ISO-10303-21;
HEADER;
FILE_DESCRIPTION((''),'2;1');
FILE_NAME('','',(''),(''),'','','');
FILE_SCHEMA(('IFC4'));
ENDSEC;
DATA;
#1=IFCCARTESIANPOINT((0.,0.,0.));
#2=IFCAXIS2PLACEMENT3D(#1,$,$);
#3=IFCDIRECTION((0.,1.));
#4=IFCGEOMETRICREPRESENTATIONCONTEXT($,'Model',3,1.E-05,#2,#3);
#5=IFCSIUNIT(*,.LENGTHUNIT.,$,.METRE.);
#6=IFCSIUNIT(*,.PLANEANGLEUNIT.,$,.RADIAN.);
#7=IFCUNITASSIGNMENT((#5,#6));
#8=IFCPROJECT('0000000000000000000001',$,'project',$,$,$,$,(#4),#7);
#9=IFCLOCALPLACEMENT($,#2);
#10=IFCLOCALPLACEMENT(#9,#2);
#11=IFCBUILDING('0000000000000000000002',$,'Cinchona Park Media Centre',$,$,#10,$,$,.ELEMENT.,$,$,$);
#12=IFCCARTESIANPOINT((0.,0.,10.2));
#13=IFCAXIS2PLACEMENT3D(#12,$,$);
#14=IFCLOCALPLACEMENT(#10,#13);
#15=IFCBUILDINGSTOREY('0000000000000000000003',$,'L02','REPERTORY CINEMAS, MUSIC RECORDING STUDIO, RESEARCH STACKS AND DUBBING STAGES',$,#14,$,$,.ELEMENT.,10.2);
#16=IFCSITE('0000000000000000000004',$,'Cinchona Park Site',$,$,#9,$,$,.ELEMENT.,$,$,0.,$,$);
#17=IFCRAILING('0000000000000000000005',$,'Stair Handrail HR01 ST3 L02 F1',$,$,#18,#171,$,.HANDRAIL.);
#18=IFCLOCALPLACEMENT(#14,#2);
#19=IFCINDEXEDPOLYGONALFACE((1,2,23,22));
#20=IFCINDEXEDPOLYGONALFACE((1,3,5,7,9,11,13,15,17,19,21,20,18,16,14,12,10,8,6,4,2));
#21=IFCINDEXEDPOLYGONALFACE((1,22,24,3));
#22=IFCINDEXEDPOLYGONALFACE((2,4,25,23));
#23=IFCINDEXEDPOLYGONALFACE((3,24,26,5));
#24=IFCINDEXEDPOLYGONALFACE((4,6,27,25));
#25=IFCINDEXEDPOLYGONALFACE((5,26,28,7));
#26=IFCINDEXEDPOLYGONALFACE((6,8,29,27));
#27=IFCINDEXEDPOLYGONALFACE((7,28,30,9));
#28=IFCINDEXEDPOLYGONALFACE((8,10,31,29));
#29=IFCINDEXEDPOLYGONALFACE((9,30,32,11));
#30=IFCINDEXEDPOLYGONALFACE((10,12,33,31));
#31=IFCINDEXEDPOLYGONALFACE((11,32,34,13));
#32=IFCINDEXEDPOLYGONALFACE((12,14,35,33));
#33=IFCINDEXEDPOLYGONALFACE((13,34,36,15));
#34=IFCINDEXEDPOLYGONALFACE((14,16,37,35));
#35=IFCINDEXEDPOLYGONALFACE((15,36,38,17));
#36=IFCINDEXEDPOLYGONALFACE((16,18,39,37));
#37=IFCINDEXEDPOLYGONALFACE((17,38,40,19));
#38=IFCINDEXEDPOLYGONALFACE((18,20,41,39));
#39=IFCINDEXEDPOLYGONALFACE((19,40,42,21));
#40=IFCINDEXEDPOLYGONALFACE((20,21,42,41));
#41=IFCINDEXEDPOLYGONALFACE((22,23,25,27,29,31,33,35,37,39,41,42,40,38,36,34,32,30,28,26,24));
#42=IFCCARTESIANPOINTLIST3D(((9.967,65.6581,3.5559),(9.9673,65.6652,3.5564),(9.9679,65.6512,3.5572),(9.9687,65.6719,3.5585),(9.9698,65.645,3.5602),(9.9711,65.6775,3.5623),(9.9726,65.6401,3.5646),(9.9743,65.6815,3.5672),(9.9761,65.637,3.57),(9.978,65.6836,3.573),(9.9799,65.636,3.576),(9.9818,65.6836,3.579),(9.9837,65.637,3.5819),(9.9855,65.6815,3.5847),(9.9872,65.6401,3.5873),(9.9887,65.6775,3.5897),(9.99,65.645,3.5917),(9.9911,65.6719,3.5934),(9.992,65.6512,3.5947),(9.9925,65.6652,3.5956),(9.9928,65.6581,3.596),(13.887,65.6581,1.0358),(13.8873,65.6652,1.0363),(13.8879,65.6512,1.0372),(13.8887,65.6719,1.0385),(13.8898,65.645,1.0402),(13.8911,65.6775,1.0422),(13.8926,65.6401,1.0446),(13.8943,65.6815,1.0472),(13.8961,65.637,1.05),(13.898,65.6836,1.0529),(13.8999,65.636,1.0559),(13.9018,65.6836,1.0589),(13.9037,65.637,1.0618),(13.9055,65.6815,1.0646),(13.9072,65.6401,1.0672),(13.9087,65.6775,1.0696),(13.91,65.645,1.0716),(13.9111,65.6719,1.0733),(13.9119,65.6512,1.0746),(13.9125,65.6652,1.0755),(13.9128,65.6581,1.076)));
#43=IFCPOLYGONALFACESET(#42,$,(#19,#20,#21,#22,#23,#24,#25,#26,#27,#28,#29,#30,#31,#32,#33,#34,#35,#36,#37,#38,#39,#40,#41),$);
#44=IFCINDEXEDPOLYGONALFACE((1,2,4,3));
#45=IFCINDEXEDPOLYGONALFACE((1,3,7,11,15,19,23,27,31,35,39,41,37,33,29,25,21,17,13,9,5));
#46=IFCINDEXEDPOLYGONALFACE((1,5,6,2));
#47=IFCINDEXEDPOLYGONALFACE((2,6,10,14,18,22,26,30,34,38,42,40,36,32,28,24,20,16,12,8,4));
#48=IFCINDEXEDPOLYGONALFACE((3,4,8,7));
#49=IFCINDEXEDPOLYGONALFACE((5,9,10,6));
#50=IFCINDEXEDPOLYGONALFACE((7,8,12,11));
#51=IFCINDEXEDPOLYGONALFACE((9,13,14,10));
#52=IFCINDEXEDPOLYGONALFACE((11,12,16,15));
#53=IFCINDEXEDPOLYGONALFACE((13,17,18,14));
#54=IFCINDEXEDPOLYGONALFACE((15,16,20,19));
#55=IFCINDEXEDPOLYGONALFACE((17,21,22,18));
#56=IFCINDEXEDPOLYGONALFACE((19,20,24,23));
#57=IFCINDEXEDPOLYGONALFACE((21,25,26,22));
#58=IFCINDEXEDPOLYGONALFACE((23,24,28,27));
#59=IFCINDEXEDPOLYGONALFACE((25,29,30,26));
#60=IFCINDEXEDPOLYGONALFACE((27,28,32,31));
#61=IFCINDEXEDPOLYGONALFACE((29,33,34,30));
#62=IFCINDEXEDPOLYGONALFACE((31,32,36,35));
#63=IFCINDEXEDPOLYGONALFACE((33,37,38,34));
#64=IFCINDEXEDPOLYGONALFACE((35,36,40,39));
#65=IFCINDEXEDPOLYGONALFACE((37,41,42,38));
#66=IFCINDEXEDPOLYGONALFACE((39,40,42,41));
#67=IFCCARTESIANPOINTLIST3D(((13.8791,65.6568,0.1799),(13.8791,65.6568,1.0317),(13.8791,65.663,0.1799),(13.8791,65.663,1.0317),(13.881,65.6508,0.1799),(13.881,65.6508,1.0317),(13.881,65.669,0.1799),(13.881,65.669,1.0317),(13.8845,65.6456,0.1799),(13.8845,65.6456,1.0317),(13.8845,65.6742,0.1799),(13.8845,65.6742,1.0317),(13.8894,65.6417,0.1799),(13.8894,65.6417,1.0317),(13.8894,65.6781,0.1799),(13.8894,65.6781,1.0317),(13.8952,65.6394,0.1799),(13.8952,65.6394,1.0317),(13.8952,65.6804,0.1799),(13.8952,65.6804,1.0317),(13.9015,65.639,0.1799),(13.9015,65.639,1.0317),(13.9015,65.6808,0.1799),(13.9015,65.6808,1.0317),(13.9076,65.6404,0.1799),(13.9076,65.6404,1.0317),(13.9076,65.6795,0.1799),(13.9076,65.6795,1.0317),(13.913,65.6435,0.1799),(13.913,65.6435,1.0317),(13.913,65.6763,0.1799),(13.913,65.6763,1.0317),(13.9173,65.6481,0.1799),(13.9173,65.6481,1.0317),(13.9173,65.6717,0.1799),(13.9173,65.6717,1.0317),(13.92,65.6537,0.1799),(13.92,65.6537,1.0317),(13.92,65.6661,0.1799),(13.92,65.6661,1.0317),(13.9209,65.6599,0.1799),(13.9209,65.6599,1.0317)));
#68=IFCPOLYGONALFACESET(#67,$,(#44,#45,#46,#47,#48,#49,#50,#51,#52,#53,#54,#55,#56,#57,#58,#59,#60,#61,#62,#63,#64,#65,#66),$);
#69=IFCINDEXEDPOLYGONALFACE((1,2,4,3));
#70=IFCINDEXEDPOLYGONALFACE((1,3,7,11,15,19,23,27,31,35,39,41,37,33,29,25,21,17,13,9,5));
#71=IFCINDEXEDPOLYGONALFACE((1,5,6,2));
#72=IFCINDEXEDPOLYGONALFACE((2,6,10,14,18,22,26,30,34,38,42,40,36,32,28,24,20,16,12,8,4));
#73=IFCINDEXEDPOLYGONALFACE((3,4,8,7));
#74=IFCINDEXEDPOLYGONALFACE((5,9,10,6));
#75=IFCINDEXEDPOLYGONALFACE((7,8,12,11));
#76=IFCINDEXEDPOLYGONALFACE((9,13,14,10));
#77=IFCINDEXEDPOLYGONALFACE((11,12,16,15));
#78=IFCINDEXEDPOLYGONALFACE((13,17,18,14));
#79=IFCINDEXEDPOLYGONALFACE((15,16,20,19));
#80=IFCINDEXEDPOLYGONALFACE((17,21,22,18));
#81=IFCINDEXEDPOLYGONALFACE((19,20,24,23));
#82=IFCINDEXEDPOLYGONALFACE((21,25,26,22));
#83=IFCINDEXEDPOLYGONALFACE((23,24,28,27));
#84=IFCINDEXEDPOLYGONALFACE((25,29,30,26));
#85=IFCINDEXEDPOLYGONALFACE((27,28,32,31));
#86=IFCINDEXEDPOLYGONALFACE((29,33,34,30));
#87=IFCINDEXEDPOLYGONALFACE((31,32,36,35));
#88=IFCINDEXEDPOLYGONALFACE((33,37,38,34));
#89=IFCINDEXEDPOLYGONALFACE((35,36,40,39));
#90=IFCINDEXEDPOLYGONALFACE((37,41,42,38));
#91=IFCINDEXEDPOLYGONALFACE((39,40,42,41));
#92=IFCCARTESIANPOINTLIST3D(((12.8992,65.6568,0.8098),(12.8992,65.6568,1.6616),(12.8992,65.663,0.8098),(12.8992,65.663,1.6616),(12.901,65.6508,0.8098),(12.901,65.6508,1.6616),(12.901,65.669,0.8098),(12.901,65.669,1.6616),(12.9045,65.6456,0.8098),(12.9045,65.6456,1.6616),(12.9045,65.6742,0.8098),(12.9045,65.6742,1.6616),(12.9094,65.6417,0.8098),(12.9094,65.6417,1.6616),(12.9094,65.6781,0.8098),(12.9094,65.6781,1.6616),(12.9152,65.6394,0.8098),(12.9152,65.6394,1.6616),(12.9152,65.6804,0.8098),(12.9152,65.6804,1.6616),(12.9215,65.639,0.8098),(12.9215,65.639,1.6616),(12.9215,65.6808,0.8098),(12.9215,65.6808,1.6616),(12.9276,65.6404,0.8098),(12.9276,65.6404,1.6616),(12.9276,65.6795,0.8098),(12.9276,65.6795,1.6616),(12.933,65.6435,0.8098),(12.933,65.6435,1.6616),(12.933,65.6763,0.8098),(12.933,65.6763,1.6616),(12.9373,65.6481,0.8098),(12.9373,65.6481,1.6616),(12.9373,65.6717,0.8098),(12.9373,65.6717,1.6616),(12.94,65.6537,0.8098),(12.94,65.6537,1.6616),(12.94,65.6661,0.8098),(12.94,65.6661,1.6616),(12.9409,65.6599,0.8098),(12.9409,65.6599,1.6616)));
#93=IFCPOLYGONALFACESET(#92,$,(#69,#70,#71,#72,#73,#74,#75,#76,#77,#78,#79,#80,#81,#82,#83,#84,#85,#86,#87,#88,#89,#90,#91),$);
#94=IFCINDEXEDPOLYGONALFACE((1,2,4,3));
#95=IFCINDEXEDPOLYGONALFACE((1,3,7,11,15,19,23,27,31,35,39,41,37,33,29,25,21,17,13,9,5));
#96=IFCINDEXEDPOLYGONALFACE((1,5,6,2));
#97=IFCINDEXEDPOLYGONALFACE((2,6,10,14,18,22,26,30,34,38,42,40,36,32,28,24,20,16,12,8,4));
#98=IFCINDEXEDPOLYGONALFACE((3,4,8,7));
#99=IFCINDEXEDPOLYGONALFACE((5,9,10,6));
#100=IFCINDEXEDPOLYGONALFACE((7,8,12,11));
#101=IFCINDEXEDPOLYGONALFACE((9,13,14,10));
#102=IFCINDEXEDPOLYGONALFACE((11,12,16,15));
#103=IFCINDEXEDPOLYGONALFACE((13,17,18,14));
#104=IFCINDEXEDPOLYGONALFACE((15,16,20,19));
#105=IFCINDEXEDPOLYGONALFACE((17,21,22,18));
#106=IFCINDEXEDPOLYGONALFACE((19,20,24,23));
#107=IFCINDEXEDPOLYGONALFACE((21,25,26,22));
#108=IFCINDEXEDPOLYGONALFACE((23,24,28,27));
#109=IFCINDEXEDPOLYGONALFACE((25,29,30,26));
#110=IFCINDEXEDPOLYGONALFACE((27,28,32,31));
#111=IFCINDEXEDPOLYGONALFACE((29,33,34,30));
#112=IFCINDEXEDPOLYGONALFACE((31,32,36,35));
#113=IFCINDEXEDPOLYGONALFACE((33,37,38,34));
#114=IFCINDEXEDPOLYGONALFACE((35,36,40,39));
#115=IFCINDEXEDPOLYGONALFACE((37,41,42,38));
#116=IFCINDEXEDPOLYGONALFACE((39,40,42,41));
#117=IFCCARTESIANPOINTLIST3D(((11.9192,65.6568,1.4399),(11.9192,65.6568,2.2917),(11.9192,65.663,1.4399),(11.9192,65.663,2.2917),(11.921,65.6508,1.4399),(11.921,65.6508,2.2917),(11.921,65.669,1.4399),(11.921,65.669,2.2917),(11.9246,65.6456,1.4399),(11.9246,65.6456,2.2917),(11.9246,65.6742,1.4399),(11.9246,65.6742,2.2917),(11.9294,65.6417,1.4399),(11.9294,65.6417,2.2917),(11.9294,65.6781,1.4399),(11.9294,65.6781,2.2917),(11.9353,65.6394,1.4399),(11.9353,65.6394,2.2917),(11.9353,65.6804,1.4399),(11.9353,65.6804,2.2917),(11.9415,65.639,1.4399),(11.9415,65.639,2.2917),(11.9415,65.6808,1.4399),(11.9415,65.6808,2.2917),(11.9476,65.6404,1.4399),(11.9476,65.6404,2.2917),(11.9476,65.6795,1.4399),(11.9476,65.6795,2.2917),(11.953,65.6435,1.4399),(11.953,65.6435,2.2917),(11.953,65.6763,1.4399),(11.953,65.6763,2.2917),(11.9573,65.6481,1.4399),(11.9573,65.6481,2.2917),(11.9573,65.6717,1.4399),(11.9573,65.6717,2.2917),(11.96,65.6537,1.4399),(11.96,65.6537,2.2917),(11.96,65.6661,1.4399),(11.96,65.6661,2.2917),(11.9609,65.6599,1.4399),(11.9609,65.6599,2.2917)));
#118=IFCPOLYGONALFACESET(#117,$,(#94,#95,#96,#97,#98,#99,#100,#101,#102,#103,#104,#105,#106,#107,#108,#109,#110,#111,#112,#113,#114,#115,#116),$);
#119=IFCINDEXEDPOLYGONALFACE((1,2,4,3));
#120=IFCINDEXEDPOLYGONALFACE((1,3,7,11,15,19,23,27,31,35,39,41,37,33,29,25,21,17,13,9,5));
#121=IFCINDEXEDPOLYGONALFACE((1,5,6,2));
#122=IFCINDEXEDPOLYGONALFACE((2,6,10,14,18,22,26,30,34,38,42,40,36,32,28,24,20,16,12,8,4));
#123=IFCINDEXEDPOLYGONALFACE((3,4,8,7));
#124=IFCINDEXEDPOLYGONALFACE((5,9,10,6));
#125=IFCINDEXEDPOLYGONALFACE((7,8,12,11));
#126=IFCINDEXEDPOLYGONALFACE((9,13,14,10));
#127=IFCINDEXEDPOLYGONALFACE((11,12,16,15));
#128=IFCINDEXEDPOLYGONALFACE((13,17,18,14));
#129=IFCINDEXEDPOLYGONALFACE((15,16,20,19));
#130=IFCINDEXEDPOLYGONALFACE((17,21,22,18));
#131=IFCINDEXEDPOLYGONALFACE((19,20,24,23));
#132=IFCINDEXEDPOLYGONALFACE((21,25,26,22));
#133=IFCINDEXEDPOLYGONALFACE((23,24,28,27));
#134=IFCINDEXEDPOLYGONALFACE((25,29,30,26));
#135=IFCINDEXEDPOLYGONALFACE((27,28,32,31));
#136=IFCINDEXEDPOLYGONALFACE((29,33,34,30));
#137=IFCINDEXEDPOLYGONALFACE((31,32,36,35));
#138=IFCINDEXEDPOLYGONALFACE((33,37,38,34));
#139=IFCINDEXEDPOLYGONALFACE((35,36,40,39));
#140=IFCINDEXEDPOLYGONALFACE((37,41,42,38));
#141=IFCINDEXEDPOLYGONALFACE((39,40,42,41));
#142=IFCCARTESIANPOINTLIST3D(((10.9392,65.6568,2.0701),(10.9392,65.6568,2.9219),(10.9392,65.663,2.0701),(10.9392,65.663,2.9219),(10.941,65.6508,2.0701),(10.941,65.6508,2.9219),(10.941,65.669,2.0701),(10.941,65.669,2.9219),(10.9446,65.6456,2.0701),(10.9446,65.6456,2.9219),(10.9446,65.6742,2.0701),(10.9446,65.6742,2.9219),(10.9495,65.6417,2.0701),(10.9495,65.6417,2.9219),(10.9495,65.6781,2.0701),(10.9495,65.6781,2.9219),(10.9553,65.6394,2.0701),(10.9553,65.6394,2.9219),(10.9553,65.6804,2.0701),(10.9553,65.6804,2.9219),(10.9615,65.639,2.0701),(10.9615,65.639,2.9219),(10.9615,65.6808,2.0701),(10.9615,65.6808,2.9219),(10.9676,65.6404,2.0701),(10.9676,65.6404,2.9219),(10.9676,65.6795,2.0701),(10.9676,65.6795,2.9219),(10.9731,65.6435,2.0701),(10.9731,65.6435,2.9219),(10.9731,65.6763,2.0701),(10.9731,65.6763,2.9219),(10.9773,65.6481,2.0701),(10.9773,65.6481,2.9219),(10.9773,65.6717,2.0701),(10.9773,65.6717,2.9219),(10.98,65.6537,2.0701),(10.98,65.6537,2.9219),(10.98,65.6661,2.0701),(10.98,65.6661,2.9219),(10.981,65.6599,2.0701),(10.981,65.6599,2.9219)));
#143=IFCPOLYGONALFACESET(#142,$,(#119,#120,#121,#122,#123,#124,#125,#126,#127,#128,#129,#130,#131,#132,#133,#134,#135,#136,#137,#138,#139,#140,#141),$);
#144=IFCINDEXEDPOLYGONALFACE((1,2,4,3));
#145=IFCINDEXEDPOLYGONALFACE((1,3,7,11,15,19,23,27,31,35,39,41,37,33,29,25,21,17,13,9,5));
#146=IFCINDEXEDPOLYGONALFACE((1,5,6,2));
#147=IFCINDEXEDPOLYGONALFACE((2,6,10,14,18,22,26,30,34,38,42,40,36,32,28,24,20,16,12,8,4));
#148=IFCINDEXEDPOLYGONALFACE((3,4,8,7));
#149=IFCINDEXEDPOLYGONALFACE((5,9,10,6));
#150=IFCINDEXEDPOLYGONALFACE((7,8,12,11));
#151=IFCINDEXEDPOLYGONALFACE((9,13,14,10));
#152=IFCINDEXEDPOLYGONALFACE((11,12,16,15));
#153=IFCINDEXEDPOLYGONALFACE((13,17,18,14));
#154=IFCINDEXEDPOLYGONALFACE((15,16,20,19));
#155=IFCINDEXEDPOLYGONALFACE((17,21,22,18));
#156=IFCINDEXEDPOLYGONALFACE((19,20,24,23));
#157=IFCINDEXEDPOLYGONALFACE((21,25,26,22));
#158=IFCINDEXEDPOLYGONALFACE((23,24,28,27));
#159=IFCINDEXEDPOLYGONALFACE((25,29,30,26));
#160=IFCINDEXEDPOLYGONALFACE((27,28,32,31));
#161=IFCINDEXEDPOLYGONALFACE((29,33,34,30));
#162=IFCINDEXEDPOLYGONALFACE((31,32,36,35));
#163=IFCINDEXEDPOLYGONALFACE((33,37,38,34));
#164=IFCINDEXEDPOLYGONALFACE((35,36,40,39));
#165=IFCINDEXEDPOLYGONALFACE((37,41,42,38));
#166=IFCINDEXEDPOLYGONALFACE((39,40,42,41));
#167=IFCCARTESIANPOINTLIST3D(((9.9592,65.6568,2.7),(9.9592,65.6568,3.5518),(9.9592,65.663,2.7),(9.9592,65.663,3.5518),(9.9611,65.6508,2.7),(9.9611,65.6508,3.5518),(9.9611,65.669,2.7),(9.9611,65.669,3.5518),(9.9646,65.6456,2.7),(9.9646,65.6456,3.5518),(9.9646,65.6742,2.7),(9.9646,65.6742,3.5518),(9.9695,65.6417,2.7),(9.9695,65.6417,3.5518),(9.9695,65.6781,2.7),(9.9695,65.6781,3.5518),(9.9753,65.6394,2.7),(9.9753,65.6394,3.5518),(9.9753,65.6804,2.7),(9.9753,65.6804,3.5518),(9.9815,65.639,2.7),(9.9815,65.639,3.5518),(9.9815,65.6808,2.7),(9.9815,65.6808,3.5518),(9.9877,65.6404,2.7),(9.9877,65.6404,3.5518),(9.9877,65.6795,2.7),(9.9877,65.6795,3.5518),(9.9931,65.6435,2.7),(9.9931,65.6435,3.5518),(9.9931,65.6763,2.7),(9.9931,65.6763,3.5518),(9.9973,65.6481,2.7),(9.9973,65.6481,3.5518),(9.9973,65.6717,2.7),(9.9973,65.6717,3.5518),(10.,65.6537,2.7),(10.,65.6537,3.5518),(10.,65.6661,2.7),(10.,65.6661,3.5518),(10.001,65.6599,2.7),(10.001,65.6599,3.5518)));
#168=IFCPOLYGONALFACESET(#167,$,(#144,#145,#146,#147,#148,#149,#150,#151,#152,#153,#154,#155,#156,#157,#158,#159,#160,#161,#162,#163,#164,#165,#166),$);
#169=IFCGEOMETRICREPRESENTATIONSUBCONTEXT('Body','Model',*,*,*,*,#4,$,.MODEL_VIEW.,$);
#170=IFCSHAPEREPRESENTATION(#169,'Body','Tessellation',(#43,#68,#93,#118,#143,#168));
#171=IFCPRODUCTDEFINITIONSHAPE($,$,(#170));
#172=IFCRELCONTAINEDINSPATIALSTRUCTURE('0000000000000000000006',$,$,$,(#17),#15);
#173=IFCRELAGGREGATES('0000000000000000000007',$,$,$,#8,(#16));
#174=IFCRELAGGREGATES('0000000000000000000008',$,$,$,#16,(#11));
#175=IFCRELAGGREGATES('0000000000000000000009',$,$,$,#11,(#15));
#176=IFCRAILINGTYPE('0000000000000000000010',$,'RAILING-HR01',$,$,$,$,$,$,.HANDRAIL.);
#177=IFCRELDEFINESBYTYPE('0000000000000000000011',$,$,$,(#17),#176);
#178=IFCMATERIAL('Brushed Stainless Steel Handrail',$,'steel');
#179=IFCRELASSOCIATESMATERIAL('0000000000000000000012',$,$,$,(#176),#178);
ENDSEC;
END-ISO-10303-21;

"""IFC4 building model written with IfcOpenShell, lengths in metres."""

from ifc_helpers import new_model, si_unit, direction, frame, origin, origin_2d, place, context, subcontext, project, spatial, circle, extrude, material, type_object, element, save


model = new_model("IFC4")

# Units and contexts
model_context = context("Model", 3, precision=1e-05, world=origin(), true_north=direction((0.0, 1.0)))
body_context = subcontext(model_context, "Body", "Model", "MODEL_VIEW")
ifc_project = project(units=[si_unit("LENGTHUNIT", "METRE"), si_unit("PLANEANGLEUNIT", "RADIAN")], contexts=[model_context])

# Site, building, storey
site_placement = place(None, origin())
site = spatial("IfcSite", under=ifc_project, at=site_placement, Name="Cinchona Park Site", CompositionType="ELEMENT", RefElevation=0.0)
building_placement = place(site_placement, origin())
building = spatial("IfcBuilding", under=site, at=building_placement, Name="Cinchona Park Media Centre", CompositionType="ELEMENT")
storey_placement = place(building_placement, frame((0.0, 0.0, 10.2)))
storey = spatial("IfcBuildingStorey", under=building, at=storey_placement, Name="L02", Description="REPERTORY CINEMAS, MUSIC RECORDING STUDIO, RESEARCH STACKS AND DUBBING STAGES", CompositionType="ELEMENT", Elevation=10.2)

# Railing
ifc_material_1 = material(Name="Brushed Stainless Steel Handrail", Category="steel")
railing_type_1 = type_object("IfcRailingType", Name="RAILING-HR01", PredefinedType="HANDRAIL", material=ifc_material_1)
railing_1_placement = place(storey_placement, frame((13.8999, 65.6599, 0.1799)))
element("IfcRailing", 1, at=railing_1_placement, inside=storey, type_object=railing_type_1, Name="Stair Handrail HR01 ST3 L02 F1", PredefinedType="HANDRAIL", context=body_context, shape_type="SweptSolid", body=[
    extrude(circle(Radius=0.0239, at=origin_2d()), frame((0.0, 0.0, 0.876), z_axis=(-0.841172, 0.0, 0.540768), x_axis=(0.0, -1.0, 0.0)), (0.0, 0.0, 1.0), 4.6602),
    extrude(circle(Radius=0.021, at=origin_2d()), origin(), (0.0, 0.0, 1.0), 0.8518),
    extrude(circle(Radius=0.021, at=origin_2d()), frame((-0.98, 0.0, 0.6299)), (0.0, 0.0, 1.0), 0.8518),
    extrude(circle(Radius=0.021, at=origin_2d()), frame((-1.96, 0.0, 1.26)), (0.0, 0.0, 1.0), 0.8518),
    extrude(circle(Radius=0.021, at=origin_2d()), frame((-2.9399, 0.0, 1.8901)), (0.0, 0.0, 1.0), 0.8518),
    extrude(circle(Radius=0.021, at=origin_2d()), frame((-3.9199, 0.0, 2.52)), (0.0, 0.0, 1.0), 0.8518),
])

save(model, "model.ifc")
